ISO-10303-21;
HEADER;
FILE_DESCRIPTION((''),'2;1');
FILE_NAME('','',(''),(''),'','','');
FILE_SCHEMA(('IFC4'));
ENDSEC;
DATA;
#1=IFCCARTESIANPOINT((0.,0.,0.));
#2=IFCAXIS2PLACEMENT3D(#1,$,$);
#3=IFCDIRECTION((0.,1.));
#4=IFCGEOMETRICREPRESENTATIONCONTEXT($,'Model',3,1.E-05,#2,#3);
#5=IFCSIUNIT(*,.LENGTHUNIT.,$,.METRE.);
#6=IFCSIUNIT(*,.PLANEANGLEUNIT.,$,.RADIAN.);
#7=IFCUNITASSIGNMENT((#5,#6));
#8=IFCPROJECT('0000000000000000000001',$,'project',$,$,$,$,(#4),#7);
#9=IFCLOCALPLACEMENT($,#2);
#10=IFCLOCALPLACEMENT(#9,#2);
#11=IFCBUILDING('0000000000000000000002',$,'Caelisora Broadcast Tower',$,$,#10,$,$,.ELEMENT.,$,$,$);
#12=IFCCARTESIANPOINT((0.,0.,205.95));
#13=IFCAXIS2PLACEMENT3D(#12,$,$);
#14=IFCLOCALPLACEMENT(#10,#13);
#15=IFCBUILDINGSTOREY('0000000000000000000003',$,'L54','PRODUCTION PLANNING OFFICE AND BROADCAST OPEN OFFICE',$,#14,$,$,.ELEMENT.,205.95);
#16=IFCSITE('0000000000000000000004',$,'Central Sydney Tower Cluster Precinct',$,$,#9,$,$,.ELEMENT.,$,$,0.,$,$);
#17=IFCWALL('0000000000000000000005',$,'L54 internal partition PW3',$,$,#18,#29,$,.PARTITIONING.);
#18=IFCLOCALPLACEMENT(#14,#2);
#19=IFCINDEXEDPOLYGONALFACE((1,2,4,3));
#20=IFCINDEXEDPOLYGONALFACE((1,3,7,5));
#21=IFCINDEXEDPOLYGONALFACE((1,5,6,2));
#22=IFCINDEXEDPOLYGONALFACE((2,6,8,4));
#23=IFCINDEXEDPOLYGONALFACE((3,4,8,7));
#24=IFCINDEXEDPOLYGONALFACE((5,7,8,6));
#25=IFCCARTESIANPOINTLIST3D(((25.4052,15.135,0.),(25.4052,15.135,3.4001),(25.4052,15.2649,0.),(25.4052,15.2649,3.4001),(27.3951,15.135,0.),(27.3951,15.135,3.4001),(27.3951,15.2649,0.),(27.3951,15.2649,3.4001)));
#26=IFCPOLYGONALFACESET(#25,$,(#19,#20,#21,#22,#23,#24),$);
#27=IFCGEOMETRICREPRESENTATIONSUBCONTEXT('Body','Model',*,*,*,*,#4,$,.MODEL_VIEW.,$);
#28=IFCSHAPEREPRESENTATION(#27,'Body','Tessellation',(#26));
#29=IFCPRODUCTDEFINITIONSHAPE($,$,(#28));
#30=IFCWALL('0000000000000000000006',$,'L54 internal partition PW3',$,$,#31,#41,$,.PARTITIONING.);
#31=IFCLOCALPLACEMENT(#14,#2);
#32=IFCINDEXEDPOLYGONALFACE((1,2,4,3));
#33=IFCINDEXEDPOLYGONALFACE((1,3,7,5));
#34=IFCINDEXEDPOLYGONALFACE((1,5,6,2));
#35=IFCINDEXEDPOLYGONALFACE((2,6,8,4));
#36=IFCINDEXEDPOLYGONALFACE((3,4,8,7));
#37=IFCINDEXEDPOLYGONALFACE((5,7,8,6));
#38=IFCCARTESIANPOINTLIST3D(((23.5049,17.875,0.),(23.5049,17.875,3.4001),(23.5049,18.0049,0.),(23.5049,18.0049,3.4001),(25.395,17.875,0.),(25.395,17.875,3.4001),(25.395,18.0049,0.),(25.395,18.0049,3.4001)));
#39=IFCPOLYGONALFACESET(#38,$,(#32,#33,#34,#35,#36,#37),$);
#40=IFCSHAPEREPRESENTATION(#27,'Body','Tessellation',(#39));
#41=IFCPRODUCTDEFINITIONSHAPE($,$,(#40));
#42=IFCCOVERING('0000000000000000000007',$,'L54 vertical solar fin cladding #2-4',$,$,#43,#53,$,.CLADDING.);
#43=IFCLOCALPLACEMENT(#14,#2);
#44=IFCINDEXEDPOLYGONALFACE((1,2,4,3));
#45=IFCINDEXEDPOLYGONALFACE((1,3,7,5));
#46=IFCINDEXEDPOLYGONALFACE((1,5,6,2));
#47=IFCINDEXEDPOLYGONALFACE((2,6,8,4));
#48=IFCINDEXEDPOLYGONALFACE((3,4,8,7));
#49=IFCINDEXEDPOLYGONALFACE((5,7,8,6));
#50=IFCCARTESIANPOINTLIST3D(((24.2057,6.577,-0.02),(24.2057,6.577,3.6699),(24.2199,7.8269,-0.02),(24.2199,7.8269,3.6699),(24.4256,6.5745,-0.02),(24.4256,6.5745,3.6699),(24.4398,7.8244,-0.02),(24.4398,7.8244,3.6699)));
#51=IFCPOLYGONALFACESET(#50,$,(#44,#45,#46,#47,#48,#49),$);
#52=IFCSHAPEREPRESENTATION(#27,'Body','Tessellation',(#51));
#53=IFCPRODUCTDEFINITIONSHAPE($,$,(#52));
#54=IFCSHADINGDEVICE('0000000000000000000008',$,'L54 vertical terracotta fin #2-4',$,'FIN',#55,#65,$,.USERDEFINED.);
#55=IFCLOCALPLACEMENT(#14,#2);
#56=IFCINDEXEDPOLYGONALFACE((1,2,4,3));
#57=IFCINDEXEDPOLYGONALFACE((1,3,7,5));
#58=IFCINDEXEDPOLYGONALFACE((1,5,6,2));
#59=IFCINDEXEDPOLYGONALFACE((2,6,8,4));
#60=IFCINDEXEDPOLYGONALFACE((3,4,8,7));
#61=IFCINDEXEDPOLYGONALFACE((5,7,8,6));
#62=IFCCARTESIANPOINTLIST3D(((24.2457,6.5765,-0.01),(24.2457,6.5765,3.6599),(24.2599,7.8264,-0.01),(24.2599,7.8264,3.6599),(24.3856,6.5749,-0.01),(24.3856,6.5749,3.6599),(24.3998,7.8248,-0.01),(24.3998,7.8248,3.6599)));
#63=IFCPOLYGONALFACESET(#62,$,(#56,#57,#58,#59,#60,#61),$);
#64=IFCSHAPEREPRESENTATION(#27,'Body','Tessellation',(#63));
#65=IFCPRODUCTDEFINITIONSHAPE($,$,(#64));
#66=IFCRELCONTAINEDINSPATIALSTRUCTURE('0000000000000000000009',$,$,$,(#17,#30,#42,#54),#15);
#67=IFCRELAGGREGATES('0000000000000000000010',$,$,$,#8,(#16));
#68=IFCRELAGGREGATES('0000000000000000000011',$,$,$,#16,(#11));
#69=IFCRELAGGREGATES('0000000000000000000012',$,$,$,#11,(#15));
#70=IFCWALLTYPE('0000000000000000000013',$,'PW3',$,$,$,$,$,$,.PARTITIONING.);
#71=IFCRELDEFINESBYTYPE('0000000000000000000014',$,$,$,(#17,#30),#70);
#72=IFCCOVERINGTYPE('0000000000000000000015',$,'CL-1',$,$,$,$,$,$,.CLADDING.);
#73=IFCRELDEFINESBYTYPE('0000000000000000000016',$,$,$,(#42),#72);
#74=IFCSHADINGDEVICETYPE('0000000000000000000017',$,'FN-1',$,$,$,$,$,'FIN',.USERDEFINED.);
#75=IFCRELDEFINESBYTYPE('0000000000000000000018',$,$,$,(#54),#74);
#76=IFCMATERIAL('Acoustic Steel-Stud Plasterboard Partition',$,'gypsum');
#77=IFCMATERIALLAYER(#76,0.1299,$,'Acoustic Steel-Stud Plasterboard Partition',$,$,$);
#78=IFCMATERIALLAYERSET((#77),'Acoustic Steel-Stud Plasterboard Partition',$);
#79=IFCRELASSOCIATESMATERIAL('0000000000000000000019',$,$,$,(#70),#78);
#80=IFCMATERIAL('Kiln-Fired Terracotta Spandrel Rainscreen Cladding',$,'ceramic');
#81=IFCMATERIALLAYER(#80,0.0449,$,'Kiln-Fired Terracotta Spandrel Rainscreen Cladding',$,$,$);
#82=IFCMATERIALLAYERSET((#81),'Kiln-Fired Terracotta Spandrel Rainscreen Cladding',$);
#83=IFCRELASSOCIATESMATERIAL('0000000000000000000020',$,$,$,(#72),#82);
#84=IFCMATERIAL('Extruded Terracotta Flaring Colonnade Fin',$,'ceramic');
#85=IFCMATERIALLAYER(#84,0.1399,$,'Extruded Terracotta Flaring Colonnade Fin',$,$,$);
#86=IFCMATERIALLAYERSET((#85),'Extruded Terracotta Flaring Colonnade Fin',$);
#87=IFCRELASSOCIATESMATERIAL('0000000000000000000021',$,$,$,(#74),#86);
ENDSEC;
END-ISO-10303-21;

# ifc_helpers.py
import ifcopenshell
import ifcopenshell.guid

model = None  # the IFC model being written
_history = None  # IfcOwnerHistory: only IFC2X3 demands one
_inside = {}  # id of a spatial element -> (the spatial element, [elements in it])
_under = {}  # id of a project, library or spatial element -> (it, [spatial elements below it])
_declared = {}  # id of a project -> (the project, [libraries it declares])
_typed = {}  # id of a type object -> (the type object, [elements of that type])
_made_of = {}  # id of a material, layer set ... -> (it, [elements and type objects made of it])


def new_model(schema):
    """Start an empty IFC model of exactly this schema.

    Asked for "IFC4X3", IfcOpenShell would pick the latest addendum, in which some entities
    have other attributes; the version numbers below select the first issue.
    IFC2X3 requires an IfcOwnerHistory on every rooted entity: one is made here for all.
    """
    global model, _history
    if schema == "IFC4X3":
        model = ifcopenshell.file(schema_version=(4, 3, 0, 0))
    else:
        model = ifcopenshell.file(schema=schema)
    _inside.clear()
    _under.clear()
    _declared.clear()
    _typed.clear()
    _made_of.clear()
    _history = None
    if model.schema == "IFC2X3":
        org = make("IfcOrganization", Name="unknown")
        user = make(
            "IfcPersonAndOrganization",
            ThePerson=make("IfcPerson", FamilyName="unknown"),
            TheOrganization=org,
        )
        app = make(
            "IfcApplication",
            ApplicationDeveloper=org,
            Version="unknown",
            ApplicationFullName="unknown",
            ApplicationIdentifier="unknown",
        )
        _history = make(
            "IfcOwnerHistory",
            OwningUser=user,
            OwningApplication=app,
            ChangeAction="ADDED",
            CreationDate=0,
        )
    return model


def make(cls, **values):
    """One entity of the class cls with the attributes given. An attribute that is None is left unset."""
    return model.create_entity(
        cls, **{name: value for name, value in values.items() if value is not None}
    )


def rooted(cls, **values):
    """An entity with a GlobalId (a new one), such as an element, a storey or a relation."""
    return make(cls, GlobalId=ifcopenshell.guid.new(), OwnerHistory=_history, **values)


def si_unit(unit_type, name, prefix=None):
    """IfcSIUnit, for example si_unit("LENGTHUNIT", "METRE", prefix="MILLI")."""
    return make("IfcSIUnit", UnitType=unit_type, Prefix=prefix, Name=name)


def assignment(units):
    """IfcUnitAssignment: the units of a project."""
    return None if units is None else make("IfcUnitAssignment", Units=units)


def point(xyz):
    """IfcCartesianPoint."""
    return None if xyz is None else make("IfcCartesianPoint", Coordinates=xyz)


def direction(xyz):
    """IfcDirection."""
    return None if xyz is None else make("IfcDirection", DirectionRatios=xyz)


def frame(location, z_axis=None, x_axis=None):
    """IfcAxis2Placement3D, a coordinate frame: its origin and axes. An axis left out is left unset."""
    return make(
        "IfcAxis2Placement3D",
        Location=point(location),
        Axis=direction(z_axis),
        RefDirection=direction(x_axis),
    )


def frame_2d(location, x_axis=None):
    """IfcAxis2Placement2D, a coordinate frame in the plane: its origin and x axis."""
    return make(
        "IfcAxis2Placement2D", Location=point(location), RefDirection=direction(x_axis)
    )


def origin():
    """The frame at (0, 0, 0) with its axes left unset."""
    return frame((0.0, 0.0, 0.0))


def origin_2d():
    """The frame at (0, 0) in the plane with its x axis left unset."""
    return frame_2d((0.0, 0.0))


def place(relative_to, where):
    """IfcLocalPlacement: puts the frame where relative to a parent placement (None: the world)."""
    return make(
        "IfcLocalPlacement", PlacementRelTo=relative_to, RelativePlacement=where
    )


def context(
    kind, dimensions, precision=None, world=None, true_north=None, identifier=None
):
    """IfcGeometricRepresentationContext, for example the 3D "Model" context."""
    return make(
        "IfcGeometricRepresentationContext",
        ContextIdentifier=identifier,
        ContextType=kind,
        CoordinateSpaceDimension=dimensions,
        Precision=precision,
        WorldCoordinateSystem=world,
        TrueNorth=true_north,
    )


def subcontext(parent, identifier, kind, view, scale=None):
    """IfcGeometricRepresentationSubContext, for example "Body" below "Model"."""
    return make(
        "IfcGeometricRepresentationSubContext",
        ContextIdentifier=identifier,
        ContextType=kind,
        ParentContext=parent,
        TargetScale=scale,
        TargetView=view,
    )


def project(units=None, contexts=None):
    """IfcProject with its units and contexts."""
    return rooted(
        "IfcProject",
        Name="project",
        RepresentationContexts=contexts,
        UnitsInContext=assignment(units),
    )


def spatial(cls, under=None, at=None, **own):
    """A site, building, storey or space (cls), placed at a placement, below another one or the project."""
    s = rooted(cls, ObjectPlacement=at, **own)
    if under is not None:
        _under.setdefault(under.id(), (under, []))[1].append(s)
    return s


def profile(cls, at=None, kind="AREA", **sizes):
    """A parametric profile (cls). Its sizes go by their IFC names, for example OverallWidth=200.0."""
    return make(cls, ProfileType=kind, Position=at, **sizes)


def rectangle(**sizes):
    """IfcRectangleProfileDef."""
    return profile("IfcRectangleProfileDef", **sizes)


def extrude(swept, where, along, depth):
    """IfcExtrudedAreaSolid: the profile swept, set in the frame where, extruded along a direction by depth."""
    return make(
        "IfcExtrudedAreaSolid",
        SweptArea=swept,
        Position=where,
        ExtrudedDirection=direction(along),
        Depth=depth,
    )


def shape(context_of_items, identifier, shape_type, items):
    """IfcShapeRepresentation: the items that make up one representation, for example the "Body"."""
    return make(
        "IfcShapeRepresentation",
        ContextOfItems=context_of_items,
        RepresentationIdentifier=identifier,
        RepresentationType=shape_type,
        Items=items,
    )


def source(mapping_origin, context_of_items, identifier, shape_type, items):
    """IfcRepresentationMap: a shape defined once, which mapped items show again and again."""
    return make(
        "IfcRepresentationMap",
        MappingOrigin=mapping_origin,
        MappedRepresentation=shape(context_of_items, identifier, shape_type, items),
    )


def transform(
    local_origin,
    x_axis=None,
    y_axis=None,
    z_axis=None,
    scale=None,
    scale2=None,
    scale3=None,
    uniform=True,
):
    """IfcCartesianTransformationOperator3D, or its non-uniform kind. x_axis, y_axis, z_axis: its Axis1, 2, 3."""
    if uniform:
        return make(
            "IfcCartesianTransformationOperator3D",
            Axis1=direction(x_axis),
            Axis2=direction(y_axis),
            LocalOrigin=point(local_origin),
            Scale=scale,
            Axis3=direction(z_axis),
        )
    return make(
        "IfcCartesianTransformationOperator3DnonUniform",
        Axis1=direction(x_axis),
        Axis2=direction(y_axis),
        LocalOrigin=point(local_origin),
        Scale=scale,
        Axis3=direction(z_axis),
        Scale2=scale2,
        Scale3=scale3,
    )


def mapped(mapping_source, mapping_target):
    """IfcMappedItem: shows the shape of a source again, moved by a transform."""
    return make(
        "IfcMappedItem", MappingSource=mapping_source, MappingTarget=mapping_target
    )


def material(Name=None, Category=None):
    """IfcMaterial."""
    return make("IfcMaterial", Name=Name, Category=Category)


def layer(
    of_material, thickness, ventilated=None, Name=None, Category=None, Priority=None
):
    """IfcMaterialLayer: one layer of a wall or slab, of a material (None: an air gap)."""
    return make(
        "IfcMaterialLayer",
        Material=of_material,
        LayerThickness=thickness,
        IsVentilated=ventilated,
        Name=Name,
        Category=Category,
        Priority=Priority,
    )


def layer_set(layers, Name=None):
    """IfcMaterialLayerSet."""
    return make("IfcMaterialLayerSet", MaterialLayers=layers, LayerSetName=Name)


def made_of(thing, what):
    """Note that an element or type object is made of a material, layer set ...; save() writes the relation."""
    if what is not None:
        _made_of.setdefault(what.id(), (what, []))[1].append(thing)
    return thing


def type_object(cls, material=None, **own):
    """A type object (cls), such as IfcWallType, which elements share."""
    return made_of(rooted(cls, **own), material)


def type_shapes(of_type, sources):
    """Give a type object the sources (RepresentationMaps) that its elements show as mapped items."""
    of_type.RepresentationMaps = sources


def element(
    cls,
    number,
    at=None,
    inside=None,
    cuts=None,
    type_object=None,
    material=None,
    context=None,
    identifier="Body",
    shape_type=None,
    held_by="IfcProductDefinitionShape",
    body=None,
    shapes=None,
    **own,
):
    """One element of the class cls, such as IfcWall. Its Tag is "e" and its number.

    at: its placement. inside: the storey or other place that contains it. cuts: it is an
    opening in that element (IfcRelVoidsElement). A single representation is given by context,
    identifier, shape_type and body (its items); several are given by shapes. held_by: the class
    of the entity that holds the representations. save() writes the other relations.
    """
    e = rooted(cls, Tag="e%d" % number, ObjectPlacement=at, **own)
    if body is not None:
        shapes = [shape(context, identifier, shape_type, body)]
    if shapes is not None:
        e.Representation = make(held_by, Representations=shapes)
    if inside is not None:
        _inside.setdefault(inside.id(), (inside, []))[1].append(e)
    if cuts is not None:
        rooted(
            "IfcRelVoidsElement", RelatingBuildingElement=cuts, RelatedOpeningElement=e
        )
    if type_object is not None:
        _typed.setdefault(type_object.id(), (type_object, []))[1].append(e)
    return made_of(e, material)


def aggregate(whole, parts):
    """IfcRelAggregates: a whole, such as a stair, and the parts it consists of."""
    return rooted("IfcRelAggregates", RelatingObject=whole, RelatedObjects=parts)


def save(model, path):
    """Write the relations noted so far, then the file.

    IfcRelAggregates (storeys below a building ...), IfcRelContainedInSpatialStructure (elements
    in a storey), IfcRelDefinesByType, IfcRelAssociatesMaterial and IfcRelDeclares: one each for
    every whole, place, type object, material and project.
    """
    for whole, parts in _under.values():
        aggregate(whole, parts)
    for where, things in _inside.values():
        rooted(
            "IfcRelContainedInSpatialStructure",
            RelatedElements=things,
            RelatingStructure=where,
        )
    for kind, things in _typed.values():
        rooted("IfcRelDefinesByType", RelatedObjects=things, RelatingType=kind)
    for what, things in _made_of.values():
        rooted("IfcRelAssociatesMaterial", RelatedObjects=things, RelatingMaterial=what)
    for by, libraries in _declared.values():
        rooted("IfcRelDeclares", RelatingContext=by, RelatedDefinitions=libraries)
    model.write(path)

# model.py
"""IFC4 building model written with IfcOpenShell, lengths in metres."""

from ifc_helpers import new_model, si_unit, direction, frame, frame_2d, origin, origin_2d, place, context, subcontext, project, spatial, rectangle, extrude, source, transform, mapped, material, layer, layer_set, type_object, type_shapes, element, save


model = new_model("IFC4")

# Units and contexts
model_context = context("Model", 3, precision=1e-05, world=origin(), true_north=direction((0.0, 1.0)))
body_context = subcontext(model_context, "Body", "Model", "MODEL_VIEW")
ifc_project = project(units=[si_unit("LENGTHUNIT", "METRE"), si_unit("PLANEANGLEUNIT", "RADIAN")], contexts=[model_context])

# Site, building, storey
site_placement = place(None, origin())
site = spatial("IfcSite", under=ifc_project, at=site_placement, Name="Central Sydney Tower Cluster Precinct", CompositionType="ELEMENT", RefElevation=0.0)
building_placement = place(site_placement, origin())
building = spatial("IfcBuilding", under=site, at=building_placement, Name="Caelisora Broadcast Tower", CompositionType="ELEMENT")
storey_placement = place(building_placement, frame((0.0, 0.0, 205.95)))
storey = spatial("IfcBuildingStorey", under=building, at=storey_placement, Name="L54", Description="PRODUCTION PLANNING OFFICE AND BROADCAST OPEN OFFICE", CompositionType="ELEMENT", Elevation=205.95)

# Shared definitions
ifc_material_1 = material(Name="Acoustic Steel-Stud Plasterboard Partition", Category="gypsum")
ifc_layer_1 = layer(ifc_material_1, 0.1299, Name="Acoustic Steel-Stud Plasterboard Partition")
ifc_layer_set_1 = layer_set([ifc_layer_1], Name="Acoustic Steel-Stud Plasterboard Partition")
wall_type = type_object("IfcWallType", Name="PW3", PredefinedType="PARTITIONING", material=ifc_layer_set_1)

# Walls
wall_1_placement = place(storey_placement, frame((25.405, 15.2, 0.0), z_axis=(0.0, 0.0, 1.0), x_axis=(1.0, 0.0, 0.0)))
element("IfcWall", 1, at=wall_1_placement, inside=storey, type_object=wall_type, Name="L54 internal partition PW3", PredefinedType="PARTITIONING", context=body_context, shape_type="SweptSolid", body=[
    extrude(rectangle(XDim=1.99, YDim=0.1299, at=frame_2d((0.9951, 0.0))), origin(), (0.0, 0.0, 1.0), 3.4001),
])
wall_2_placement = place(storey_placement, frame((23.5049, 17.9399, 0.0), z_axis=(0.0, 0.0, 1.0), x_axis=(1.0, 0.0, 0.0)))
element("IfcWall", 2, at=wall_2_placement, inside=storey, type_object=wall_type, Name="L54 internal partition PW3", PredefinedType="PARTITIONING", context=body_context, shape_type="SweptSolid", body=[
    extrude(rectangle(XDim=1.8901, YDim=0.1299, at=frame_2d((0.9451, 0.0))), origin(), (0.0, 0.0, 1.0), 3.4001),
])

# Covering
ifc_material_2 = material(Name="Kiln-Fired Terracotta Spandrel Rainscreen Cladding", Category="ceramic")
ifc_layer_2 = layer(ifc_material_2, 0.0449, Name="Kiln-Fired Terracotta Spandrel Rainscreen Cladding")
ifc_layer_set_2 = layer_set([ifc_layer_2], Name="Kiln-Fired Terracotta Spandrel Rainscreen Cladding")
covering_type = type_object("IfcCoveringType", Name="CL-1", PredefinedType="CLADDING", material=ifc_layer_set_2)
shared_shape_1 = source(origin(), body_context, "Body", "SweptSolid", [
    extrude(rectangle(XDim=0.22, YDim=1.25, at=origin_2d()), origin(), (0.0, 0.0, 1.0), 3.6899),
])
type_shapes(covering_type, [shared_shape_1])
covering_placement = place(storey_placement, frame((24.3228, 7.2007, -0.02), z_axis=(0.0, 0.0, 1.0), x_axis=(-0.999936, 0.011344, 0.0)))
element("IfcCovering", 3, at=covering_placement, inside=storey, type_object=covering_type, Name="L54 vertical solar fin cladding #2-4", PredefinedType="CLADDING", context=body_context, shape_type="MappedRepresentation", body=[
    mapped(shared_shape_1, transform((0.0, 0.0, 0.0), scale=1.0)),
])

# Shading device
ifc_material_3 = material(Name="Extruded Terracotta Flaring Colonnade Fin", Category="ceramic")
ifc_layer_3 = layer(ifc_material_3, 0.1399, Name="Extruded Terracotta Flaring Colonnade Fin")
ifc_layer_set_3 = layer_set([ifc_layer_3], Name="Extruded Terracotta Flaring Colonnade Fin")
shading_device_type = type_object("IfcShadingDeviceType", Name="FN-1", ElementType="FIN", PredefinedType="USERDEFINED", material=ifc_layer_set_3)
shared_shape_2 = source(origin(), body_context, "Body", "SweptSolid", [
    extrude(rectangle(XDim=0.1399, YDim=1.25, at=origin_2d()), origin(), (0.0, 0.0, 1.0), 3.6699),
])
type_shapes(shading_device_type, [shared_shape_2])
shading_device_placement = place(storey_placement, frame((24.3228, 7.2007, -0.01), z_axis=(0.0, 0.0, 1.0), x_axis=(-0.999936, 0.011344, 0.0)))
element("IfcShadingDevice", 4, at=shading_device_placement, inside=storey, type_object=shading_device_type, Name="L54 vertical terracotta fin #2-4", ObjectType="FIN", PredefinedType="USERDEFINED", context=body_context, shape_type="MappedRepresentation", body=[
    mapped(shared_shape_2, transform((0.0, 0.0, 0.0), scale=1.0)),
])

save(model, "model.ifc")
